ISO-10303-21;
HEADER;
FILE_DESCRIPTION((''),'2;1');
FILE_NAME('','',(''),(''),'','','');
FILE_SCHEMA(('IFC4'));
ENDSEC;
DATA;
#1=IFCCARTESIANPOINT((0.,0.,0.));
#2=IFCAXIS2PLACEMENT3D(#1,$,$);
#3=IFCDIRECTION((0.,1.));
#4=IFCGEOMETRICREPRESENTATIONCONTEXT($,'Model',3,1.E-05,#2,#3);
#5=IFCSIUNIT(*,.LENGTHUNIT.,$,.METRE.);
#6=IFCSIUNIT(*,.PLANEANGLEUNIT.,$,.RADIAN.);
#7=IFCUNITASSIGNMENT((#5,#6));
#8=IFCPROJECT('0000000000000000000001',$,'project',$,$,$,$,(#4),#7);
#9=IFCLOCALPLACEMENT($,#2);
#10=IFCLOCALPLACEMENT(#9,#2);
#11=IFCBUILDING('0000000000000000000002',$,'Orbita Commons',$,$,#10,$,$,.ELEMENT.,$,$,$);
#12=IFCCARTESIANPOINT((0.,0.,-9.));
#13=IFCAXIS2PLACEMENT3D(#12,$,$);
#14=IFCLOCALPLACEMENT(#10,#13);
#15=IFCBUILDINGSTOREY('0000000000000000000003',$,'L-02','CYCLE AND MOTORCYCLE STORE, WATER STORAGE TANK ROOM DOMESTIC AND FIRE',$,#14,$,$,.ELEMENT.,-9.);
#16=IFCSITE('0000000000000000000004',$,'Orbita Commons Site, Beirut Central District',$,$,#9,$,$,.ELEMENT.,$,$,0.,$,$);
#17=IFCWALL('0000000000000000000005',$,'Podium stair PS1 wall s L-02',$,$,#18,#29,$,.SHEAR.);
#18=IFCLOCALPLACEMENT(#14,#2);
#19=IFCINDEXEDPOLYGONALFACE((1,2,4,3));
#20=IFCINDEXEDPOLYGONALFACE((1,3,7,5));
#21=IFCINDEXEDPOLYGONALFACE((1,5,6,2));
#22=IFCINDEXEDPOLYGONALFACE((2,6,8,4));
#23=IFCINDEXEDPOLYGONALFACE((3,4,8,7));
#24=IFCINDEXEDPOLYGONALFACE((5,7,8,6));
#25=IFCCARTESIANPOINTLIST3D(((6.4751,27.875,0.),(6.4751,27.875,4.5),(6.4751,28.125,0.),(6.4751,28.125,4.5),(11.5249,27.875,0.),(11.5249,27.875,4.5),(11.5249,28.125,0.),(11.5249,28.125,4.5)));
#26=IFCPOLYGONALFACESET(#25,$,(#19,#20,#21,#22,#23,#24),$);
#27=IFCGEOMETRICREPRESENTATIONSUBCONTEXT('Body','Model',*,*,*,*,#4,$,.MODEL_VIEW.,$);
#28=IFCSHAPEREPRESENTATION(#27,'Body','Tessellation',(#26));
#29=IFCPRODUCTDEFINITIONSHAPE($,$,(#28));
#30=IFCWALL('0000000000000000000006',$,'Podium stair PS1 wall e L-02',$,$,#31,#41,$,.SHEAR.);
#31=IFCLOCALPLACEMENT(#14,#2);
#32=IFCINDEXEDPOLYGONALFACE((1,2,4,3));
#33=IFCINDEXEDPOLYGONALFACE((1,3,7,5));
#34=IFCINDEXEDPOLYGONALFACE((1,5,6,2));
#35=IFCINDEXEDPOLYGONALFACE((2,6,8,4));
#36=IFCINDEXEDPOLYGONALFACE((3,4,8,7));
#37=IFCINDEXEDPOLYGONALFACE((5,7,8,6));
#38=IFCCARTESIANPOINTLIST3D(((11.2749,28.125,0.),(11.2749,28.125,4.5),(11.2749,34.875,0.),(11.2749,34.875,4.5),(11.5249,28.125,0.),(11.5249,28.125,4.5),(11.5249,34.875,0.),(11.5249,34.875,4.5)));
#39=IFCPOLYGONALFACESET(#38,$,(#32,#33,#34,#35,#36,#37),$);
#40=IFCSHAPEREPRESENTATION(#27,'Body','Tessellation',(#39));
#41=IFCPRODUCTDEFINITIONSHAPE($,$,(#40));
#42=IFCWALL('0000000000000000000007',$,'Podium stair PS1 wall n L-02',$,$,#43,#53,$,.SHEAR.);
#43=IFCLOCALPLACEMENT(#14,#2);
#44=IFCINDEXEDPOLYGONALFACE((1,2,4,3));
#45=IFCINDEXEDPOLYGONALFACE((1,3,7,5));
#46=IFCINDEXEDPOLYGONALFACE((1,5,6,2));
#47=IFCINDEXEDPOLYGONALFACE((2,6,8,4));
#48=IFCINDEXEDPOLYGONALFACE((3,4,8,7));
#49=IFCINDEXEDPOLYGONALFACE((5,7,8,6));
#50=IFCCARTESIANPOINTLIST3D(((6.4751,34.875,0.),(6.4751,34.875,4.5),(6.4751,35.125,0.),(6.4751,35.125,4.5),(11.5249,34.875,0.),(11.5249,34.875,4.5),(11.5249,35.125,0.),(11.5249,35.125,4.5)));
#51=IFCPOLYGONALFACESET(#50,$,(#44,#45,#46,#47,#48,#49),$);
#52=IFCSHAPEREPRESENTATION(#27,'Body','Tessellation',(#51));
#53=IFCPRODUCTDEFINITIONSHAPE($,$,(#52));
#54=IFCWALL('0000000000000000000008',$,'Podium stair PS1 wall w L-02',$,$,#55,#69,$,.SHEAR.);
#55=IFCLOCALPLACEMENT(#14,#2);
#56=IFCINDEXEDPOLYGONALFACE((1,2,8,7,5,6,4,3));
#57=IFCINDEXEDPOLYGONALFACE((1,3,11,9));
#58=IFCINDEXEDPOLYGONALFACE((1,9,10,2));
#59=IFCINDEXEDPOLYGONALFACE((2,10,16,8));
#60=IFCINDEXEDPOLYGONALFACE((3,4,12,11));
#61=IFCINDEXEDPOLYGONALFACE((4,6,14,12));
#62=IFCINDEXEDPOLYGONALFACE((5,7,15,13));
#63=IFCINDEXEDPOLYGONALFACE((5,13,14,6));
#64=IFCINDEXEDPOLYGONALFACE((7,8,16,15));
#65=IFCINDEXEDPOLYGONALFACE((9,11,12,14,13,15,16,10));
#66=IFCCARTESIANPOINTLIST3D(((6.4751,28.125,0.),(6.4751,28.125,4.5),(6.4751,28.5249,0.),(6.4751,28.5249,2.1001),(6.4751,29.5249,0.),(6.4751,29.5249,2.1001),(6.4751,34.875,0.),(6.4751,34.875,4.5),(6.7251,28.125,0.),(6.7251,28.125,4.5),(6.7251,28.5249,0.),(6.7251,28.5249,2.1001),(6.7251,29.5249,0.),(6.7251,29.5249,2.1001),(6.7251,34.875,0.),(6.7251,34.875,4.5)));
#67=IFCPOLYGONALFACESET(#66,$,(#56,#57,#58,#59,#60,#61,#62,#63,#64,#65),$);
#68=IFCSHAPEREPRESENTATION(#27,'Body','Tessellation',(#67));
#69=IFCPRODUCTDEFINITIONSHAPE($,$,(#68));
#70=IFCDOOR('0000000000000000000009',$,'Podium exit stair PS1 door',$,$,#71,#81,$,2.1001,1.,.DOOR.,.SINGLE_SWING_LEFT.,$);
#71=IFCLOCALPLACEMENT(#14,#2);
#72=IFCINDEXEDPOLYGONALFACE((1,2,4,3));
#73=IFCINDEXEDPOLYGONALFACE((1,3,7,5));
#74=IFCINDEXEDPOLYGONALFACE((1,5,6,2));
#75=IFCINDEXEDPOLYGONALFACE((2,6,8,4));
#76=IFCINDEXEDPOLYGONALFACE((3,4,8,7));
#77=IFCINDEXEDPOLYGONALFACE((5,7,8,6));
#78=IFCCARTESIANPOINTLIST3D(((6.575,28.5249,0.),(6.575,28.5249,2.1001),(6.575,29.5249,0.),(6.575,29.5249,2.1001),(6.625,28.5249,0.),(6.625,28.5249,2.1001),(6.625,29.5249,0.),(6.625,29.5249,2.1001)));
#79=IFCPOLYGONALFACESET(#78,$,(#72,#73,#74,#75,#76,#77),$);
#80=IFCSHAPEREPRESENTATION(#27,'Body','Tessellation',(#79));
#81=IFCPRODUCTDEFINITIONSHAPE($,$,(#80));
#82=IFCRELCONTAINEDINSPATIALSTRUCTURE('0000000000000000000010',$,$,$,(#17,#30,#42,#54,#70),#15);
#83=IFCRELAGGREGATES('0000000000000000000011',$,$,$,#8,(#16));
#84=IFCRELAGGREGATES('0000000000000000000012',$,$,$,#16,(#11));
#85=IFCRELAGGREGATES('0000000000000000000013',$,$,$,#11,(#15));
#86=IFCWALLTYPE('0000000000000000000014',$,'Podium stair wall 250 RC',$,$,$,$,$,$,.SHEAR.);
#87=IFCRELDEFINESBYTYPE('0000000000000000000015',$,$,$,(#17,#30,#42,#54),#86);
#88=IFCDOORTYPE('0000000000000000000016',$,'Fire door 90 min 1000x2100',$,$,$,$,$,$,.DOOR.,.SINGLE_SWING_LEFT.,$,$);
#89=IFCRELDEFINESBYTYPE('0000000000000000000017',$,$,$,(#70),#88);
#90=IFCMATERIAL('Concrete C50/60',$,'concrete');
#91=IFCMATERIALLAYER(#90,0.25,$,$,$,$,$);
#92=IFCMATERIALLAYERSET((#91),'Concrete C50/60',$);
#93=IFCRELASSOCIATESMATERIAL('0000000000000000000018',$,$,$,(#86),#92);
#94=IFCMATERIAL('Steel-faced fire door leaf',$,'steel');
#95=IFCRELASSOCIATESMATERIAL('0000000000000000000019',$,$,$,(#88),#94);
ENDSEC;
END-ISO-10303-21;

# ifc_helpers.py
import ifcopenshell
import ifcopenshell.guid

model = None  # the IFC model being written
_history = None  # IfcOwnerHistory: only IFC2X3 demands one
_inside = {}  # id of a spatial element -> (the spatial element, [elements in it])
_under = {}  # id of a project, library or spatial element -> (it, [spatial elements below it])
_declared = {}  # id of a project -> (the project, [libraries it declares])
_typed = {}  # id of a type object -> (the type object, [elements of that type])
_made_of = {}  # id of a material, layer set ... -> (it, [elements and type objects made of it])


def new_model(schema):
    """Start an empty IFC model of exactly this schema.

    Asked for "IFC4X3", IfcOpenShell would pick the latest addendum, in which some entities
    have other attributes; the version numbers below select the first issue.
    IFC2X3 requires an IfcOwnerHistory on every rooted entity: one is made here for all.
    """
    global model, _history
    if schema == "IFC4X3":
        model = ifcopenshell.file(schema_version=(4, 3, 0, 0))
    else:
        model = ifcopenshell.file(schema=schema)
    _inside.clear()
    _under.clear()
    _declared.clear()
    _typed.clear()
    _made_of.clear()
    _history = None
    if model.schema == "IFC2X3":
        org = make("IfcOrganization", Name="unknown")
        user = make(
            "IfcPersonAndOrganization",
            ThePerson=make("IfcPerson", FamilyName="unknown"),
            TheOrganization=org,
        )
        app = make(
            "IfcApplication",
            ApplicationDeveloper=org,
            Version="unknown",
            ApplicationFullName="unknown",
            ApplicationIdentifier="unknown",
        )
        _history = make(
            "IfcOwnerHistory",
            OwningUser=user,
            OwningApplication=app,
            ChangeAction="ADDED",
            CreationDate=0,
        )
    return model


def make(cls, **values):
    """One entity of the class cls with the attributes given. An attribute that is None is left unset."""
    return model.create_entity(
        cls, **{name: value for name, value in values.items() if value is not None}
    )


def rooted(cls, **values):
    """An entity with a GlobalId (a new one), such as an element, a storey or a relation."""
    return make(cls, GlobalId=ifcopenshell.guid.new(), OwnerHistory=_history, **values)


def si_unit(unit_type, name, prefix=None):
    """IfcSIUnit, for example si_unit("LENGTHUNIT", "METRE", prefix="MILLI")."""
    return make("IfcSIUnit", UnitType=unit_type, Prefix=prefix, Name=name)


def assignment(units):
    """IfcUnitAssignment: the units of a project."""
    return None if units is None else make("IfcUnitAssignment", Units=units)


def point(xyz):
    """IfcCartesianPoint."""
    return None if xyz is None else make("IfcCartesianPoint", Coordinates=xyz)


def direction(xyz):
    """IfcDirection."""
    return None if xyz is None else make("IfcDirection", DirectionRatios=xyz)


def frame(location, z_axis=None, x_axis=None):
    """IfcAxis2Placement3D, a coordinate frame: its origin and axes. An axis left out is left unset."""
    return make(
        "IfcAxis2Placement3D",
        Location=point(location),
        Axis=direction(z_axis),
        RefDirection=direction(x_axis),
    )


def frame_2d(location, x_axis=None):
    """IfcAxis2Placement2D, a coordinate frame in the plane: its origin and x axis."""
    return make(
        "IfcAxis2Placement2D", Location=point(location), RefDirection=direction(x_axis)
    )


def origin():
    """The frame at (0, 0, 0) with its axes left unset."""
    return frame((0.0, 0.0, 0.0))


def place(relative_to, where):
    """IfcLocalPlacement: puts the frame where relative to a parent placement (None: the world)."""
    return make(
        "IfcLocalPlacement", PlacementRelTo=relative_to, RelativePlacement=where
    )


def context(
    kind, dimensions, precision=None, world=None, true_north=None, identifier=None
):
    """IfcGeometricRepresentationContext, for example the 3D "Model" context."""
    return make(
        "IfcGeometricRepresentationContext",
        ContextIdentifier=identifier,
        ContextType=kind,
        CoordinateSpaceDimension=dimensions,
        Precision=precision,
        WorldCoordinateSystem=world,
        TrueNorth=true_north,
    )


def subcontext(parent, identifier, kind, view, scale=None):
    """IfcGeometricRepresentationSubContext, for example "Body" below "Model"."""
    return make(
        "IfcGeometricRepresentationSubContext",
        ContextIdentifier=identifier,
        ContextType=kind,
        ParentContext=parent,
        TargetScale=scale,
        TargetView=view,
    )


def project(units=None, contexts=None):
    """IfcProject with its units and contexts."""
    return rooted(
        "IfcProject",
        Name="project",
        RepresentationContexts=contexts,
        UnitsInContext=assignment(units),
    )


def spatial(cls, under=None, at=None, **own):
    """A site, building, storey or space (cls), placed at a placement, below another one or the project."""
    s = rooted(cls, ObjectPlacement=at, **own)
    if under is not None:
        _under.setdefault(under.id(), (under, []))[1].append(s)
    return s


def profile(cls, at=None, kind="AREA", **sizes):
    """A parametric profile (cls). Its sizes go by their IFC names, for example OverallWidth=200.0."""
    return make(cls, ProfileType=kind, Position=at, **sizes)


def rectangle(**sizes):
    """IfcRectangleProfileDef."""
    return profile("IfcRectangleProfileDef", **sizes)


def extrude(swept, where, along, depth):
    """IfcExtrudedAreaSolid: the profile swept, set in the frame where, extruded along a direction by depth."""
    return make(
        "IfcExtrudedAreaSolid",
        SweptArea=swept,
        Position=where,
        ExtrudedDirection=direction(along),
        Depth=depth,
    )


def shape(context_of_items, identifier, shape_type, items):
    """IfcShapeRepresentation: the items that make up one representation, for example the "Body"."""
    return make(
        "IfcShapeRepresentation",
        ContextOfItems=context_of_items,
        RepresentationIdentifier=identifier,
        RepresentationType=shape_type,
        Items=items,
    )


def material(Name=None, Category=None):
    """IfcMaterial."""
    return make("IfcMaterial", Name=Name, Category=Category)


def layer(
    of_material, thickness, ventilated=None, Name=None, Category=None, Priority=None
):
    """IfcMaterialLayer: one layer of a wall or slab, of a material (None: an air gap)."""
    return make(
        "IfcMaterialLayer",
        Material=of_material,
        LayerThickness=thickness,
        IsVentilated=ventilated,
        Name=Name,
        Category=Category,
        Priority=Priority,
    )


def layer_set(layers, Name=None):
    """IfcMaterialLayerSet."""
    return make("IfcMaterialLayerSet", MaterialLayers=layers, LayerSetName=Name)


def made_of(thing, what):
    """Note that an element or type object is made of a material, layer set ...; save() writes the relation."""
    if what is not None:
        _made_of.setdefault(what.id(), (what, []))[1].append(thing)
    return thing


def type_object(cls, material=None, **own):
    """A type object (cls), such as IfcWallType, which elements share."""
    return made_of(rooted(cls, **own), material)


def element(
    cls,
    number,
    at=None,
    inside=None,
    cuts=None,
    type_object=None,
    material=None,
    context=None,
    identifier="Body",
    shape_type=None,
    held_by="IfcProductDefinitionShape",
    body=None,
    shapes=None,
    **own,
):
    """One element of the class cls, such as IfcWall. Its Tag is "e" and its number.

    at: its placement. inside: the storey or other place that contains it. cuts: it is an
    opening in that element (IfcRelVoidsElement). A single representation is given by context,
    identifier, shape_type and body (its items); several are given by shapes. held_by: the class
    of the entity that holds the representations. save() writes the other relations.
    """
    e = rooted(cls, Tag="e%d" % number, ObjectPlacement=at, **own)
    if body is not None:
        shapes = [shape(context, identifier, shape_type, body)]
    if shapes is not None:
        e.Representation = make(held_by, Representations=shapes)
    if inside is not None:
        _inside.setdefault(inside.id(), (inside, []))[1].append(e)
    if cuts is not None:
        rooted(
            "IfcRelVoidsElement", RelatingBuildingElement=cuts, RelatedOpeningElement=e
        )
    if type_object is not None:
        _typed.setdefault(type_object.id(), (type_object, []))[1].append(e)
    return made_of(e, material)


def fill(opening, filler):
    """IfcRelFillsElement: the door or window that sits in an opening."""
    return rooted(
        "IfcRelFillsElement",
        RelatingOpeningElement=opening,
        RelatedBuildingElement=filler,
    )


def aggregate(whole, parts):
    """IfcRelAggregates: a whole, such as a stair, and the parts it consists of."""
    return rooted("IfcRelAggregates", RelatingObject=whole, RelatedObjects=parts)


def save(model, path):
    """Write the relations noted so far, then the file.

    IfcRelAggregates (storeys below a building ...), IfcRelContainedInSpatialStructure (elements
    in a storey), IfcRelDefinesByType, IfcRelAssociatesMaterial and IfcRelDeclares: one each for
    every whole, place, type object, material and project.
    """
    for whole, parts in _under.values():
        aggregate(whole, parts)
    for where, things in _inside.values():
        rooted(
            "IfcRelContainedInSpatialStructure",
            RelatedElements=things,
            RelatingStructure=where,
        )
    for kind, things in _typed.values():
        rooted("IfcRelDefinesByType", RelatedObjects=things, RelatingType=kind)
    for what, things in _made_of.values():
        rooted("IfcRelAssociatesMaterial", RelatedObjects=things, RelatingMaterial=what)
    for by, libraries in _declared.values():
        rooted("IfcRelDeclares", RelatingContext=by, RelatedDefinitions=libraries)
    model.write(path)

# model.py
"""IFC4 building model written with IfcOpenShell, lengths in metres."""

from ifc_helpers import new_model, si_unit, direction, frame, frame_2d, origin, place, context, subcontext, project, spatial, rectangle, extrude, material, layer, layer_set, type_object, element, fill, save


model = new_model("IFC4")

# Units and contexts
model_context = context("Model", 3, precision=1e-05, world=origin(), true_north=direction((0.0, 1.0)))
body_context = subcontext(model_context, "Body", "Model", "MODEL_VIEW")
ifc_project = project(units=[si_unit("LENGTHUNIT", "METRE"), si_unit("PLANEANGLEUNIT", "RADIAN")], contexts=[model_context])

# Site, building, storey
site_placement = place(None, origin())
site = spatial("IfcSite", under=ifc_project, at=site_placement, Name="Orbita Commons Site, Beirut Central District", CompositionType="ELEMENT", RefElevation=0.0)
building_placement = place(site_placement, origin())
building = spatial("IfcBuilding", under=site, at=building_placement, Name="Orbita Commons", CompositionType="ELEMENT")
storey_placement = place(building_placement, frame((0.0, 0.0, -9.0)))
storey = spatial("IfcBuildingStorey", under=building, at=storey_placement, Name="L-02", Description="CYCLE AND MOTORCYCLE STORE, WATER STORAGE TANK ROOM DOMESTIC AND FIRE", CompositionType="ELEMENT", Elevation=-9.0)

# Walls
ifc_material_1 = material(Name="Concrete C50/60", Category="concrete")
ifc_layer_1 = layer(ifc_material_1, 0.25)
ifc_layer_set_1 = layer_set([ifc_layer_1], Name="Concrete C50/60")
wall_type_1 = type_object("IfcWallType", Name="Podium stair wall 250 RC", PredefinedType="SHEAR", material=ifc_layer_set_1)
wall_1_placement = place(storey_placement, frame((6.4751, 28.0, 0.0), z_axis=(0.0, 0.0, 1.0), x_axis=(1.0, 0.0, 0.0)))
element("IfcWall", 1, at=wall_1_placement, inside=storey, type_object=wall_type_1, Name="Podium stair PS1 wall s L-02", PredefinedType="SHEAR", context=body_context, shape_type="SweptSolid", body=[
    extrude(rectangle(XDim=5.0498, YDim=0.25, at=frame_2d((2.5249, 0.0))), origin(), (0.0, 0.0, 1.0), 4.5),
])
wall_2_placement = place(storey_placement, frame((11.3999, 28.125, 0.0), z_axis=(0.0, 0.0, 1.0), x_axis=(0.0, 1.0, 0.0)))
element("IfcWall", 2, at=wall_2_placement, inside=storey, type_object=wall_type_1, Name="Podium stair PS1 wall e L-02", PredefinedType="SHEAR", context=body_context, shape_type="SweptSolid", body=[
    extrude(rectangle(XDim=6.75, YDim=0.25, at=frame_2d((3.375, 0.0))), origin(), (0.0, 0.0, 1.0), 4.5),
])
wall_3_placement = place(storey_placement, frame((11.5249, 35.0, 0.0), z_axis=(0.0, 0.0, 1.0), x_axis=(-1.0, 0.0, 0.0)))
element("IfcWall", 3, at=wall_3_placement, inside=storey, type_object=wall_type_1, Name="Podium stair PS1 wall n L-02", PredefinedType="SHEAR", context=body_context, shape_type="SweptSolid", body=[
    extrude(rectangle(XDim=5.0498, YDim=0.25, at=frame_2d((2.5249, 0.0))), origin(), (0.0, 0.0, 1.0), 4.5),
])

# Wall, opening, door
wall_4_placement = place(storey_placement, frame((6.6001, 34.875, 0.0), z_axis=(0.0, 0.0, 1.0), x_axis=(0.0, -1.0, 0.0)))
wall_4 = element("IfcWall", 4, at=wall_4_placement, inside=storey, type_object=wall_type_1, Name="Podium stair PS1 wall w L-02", PredefinedType="SHEAR", context=body_context, shape_type="SweptSolid", body=[
    extrude(rectangle(XDim=6.75, YDim=0.25, at=frame_2d((3.375, 0.0))), origin(), (0.0, 0.0, 1.0), 4.5),
])
opening_placement = place(wall_4_placement, frame((5.3501, 0.0, 0.0)))
opening = element("IfcOpeningElement", 5, at=opening_placement, cuts=wall_4, PredefinedType="OPENING", context=body_context, shape_type="SweptSolid", body=[
    extrude(rectangle(XDim=1.0, YDim=2.1001, at=frame_2d((0.5, 1.05))), frame((0.0, 0.135, 0.0), z_axis=(0.0, -1.0, 0.0), x_axis=(1.0, 0.0, 0.0)), (0.0, 0.0, 1.0), 0.27),
])
ifc_material_2 = material(Name="Steel-faced fire door leaf", Category="steel")
door_type = type_object("IfcDoorType", Name="Fire door 90 min 1000x2100", OperationType="SINGLE_SWING_LEFT", PredefinedType="DOOR", material=ifc_material_2)
door_placement = place(opening_placement, origin())
door = element("IfcDoor", 6, at=door_placement, inside=storey, type_object=door_type, Name="Podium exit stair PS1 door", OperationType="SINGLE_SWING_LEFT", OverallHeight=2.1001, OverallWidth=1.0, PredefinedType="DOOR", context=body_context, shape_type="SweptSolid", body=[
    extrude(rectangle(XDim=1.0, YDim=2.1001, at=frame_2d((0.5, 1.05))), frame((0.0, 0.0249, 0.0), z_axis=(0.0, -1.0, 0.0), x_axis=(1.0, 0.0, 0.0)), (0.0, 0.0, 1.0), 0.05),
])
fill(opening, door)

save(model, "model.ifc")
